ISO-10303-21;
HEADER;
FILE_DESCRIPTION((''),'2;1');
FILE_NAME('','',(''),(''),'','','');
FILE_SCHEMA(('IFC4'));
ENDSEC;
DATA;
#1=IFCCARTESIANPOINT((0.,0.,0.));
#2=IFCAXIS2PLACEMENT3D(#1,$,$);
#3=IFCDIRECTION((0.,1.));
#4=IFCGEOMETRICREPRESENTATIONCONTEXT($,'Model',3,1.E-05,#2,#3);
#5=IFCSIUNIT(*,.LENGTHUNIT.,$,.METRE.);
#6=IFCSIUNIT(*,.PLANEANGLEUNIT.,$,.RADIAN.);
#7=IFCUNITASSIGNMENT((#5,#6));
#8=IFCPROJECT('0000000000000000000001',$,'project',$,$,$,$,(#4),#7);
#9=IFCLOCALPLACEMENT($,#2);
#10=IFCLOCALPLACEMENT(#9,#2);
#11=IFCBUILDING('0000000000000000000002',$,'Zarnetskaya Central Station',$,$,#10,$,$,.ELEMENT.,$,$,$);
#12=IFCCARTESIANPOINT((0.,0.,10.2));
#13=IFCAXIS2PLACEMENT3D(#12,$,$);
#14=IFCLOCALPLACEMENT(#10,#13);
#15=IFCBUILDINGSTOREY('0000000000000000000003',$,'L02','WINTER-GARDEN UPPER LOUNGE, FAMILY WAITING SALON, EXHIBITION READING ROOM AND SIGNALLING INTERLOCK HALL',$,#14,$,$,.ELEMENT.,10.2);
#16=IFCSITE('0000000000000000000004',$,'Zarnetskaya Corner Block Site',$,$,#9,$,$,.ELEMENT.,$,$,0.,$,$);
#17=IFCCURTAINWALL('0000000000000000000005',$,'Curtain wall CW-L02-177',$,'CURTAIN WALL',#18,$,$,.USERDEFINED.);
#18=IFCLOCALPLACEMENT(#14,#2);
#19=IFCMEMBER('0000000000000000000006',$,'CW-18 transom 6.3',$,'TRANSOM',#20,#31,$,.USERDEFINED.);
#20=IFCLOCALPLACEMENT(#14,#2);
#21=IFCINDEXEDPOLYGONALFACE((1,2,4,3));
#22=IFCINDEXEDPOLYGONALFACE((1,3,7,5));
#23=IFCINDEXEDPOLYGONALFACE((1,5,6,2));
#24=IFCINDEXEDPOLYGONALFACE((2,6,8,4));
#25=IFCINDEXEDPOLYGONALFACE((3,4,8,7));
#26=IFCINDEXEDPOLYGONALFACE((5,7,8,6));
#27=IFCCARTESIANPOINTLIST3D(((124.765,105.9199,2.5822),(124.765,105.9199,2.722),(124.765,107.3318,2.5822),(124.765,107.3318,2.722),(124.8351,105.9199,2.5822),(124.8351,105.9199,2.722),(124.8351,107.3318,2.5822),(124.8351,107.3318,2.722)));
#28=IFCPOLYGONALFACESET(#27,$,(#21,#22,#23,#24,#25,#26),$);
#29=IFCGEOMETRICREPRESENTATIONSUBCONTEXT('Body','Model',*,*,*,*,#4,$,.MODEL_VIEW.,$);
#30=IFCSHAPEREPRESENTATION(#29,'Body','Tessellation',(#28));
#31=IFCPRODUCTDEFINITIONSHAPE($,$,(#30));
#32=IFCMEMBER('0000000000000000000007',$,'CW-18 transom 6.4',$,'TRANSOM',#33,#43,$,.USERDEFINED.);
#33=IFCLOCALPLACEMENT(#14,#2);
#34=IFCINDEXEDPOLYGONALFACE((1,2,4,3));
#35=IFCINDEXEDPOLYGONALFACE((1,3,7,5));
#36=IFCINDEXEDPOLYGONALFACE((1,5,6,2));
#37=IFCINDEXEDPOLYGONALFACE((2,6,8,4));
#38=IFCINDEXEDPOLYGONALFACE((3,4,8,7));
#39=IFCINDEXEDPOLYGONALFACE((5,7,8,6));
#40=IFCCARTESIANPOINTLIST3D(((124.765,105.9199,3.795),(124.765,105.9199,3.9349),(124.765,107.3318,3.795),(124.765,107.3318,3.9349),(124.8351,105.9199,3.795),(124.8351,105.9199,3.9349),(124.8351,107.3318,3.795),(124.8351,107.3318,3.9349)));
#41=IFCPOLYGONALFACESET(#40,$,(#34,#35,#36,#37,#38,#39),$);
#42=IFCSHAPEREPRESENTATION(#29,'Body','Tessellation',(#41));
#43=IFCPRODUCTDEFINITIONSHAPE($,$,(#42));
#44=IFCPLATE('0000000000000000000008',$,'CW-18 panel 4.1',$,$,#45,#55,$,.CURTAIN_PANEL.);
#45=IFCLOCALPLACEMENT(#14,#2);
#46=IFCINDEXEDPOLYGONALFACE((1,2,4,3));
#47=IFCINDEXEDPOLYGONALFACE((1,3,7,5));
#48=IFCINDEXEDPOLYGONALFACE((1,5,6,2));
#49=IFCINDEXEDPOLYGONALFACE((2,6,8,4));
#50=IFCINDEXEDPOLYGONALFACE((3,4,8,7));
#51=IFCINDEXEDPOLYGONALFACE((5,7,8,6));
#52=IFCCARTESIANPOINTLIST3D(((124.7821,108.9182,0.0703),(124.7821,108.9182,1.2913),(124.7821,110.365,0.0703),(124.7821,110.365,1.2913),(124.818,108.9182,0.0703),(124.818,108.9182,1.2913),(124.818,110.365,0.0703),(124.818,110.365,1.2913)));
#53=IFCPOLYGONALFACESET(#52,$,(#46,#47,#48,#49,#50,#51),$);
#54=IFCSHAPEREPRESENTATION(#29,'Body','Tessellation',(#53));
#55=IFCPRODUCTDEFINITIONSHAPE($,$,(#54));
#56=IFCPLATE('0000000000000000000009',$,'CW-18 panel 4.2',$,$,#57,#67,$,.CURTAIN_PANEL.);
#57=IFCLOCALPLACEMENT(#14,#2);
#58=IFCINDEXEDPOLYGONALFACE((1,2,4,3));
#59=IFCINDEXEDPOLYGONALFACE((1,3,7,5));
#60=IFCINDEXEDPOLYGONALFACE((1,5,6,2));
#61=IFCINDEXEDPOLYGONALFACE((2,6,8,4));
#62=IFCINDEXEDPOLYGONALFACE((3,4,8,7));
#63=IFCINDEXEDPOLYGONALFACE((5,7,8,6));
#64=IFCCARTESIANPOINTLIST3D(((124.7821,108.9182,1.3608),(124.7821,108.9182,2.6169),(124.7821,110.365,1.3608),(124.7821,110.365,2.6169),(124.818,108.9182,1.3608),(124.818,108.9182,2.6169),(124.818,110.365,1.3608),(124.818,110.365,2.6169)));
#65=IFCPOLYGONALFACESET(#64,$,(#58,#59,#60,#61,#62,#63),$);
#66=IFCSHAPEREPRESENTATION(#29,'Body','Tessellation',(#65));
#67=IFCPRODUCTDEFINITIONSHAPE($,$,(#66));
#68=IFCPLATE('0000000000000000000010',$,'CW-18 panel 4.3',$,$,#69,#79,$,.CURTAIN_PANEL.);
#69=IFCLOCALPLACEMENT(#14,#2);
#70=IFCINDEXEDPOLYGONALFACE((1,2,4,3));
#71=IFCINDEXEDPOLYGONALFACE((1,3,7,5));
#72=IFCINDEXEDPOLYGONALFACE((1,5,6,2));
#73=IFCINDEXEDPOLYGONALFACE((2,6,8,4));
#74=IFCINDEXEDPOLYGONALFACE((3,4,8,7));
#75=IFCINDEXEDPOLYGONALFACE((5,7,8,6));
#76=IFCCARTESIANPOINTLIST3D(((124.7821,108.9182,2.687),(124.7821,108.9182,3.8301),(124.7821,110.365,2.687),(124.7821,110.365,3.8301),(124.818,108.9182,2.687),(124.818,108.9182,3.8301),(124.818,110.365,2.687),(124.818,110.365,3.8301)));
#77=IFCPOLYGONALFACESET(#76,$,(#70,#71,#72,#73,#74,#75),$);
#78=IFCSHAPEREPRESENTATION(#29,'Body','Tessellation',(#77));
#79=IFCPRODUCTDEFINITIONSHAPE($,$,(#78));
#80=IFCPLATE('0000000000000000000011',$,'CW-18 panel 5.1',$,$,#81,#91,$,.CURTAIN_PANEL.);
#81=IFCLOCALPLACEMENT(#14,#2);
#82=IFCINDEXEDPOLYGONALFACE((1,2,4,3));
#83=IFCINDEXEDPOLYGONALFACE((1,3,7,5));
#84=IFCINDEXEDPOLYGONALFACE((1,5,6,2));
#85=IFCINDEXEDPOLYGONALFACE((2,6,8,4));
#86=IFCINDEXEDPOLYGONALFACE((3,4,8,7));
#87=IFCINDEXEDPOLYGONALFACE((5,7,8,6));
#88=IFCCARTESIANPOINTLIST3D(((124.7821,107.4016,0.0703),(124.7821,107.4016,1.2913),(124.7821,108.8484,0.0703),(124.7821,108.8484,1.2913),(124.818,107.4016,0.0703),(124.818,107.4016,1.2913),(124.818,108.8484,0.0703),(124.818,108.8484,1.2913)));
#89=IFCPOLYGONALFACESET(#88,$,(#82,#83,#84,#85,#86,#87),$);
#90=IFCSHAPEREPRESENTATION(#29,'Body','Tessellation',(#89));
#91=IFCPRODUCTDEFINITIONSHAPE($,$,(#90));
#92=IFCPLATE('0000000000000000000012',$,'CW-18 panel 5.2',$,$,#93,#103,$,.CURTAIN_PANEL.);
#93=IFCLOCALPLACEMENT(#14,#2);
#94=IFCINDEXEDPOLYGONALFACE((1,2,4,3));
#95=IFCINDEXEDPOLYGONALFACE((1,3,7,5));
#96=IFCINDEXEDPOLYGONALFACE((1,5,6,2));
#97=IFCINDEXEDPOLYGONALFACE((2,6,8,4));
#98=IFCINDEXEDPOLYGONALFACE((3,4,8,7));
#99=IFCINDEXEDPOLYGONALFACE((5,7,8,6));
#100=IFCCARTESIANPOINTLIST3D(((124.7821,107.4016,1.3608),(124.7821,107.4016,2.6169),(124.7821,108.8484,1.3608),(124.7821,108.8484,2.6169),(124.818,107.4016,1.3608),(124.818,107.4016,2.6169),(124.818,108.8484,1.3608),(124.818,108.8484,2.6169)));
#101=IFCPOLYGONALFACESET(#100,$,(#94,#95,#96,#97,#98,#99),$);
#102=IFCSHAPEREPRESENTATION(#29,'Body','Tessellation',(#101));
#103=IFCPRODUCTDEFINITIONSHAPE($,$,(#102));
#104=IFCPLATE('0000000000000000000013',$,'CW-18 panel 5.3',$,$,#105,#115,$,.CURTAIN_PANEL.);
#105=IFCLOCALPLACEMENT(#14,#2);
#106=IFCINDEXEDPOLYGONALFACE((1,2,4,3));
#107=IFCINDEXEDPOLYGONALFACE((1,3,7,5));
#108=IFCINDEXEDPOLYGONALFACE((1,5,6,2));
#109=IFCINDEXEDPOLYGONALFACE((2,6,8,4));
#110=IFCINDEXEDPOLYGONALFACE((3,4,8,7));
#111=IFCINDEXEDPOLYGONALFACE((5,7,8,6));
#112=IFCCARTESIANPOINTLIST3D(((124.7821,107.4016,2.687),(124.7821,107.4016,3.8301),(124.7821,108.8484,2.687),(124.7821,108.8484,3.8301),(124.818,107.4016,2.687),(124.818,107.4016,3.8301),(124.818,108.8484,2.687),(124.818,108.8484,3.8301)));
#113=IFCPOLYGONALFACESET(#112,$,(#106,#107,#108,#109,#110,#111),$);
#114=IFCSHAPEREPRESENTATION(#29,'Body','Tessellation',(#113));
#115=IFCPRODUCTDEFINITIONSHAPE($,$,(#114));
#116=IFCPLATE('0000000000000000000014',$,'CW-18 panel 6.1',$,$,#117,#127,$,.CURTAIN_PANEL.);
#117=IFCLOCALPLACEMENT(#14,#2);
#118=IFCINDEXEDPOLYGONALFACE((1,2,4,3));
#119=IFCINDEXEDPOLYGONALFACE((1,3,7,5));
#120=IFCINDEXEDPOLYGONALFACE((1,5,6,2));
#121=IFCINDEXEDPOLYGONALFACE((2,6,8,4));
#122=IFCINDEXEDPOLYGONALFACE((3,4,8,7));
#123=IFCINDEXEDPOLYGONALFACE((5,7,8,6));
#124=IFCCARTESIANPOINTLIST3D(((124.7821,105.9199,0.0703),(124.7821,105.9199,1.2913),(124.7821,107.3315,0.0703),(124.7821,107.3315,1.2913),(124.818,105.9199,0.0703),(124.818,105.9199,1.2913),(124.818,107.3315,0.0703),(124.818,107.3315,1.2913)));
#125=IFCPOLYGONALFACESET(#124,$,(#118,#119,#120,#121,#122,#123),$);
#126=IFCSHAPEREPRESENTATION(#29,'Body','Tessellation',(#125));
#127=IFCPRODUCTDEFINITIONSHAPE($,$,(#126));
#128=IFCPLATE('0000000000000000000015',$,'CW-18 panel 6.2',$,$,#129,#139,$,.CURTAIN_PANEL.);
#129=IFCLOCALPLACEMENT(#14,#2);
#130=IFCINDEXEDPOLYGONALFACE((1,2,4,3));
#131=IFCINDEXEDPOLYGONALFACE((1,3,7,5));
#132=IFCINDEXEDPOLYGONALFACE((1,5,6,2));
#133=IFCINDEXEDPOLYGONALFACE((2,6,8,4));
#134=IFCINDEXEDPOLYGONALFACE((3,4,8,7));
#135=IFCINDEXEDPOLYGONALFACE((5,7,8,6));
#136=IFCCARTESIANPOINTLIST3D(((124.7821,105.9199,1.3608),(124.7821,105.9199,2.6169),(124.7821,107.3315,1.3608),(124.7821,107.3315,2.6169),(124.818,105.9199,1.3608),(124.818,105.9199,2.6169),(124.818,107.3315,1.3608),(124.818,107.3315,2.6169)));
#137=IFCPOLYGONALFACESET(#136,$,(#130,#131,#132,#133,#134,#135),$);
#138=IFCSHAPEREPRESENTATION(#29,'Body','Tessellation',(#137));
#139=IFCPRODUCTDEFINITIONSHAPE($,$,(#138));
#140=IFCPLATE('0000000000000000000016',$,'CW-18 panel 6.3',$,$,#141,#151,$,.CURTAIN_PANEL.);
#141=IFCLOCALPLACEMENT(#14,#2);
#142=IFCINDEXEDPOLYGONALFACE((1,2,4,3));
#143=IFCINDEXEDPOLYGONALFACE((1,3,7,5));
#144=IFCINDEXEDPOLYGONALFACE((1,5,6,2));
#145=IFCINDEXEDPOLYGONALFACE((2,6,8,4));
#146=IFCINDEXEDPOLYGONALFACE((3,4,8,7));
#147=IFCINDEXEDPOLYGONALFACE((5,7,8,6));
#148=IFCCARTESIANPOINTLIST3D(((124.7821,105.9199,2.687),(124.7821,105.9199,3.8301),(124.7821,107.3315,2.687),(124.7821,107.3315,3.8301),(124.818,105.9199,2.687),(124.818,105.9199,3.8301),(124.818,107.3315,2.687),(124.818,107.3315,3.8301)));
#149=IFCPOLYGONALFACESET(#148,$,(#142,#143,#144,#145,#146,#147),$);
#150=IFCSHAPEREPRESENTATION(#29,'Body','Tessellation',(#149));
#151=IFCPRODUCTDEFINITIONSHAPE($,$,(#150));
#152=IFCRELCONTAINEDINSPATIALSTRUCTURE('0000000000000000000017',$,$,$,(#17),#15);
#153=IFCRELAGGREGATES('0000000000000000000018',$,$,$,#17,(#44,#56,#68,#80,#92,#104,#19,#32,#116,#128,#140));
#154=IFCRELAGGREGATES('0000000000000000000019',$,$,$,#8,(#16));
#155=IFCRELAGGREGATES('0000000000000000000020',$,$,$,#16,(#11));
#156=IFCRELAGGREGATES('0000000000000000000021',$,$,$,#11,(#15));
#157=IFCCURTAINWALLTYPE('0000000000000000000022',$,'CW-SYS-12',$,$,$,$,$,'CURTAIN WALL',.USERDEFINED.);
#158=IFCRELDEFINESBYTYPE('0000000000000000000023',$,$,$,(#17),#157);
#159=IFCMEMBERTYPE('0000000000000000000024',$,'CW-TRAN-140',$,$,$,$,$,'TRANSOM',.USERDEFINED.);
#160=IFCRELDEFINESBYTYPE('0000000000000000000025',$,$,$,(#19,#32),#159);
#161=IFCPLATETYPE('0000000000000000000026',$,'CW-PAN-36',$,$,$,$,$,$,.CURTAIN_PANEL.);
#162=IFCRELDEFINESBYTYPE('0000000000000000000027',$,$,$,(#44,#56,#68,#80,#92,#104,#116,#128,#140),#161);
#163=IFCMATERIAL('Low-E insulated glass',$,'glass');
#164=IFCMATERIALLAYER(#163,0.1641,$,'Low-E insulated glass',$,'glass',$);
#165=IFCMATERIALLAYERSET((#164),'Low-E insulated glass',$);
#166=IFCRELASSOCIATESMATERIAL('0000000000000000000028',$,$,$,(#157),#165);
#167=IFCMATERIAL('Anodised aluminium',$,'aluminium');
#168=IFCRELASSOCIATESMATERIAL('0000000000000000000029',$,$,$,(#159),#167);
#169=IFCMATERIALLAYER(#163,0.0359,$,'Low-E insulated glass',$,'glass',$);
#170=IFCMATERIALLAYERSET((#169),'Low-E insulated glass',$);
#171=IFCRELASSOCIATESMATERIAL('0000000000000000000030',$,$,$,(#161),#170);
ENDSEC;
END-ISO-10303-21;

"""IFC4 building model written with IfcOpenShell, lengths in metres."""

from ifc_helpers import new_model, si_unit, direction, frame, origin, origin_2d, place, context, subcontext, project, spatial, rectangle, extrude, material, layer, layer_set, material_profile, profile_set, type_object, element, aggregate, save


model = new_model("IFC4")

# Units and contexts
model_context = context("Model", 3, precision=1e-05, world=origin(), true_north=direction((0.0, 1.0)))
body_context = subcontext(model_context, "Body", "Model", "MODEL_VIEW")
ifc_project = project(units=[si_unit("LENGTHUNIT", "METRE"), si_unit("PLANEANGLEUNIT", "RADIAN")], contexts=[model_context])

# Site, building, storey
site_placement = place(None, origin())
site = spatial("IfcSite", under=ifc_project, at=site_placement, Name="Zarnetskaya Corner Block Site", CompositionType="ELEMENT", RefElevation=0.0)
building_placement = place(site_placement, origin())
building = spatial("IfcBuilding", under=site, at=building_placement, Name="Zarnetskaya Central Station", CompositionType="ELEMENT")
storey_placement = place(building_placement, frame((0.0, 0.0, 10.2)))
storey = spatial("IfcBuildingStorey", under=building, at=storey_placement, Name="L02", Description="WINTER-GARDEN UPPER LOUNGE, FAMILY WAITING SALON, EXHIBITION READING ROOM AND SIGNALLING INTERLOCK HALL", CompositionType="ELEMENT", Elevation=10.2)

# Curtain wall, members, plates
ifc_material_1 = material(Name="Low-E insulated glass", Category="glass")
ifc_layer_1 = layer(ifc_material_1, 0.1641, Name="Low-E insulated glass", Category="glass")
ifc_layer_set_1 = layer_set([ifc_layer_1], Name="Low-E insulated glass")
curtain_wall_type = type_object("IfcCurtainWallType", Name="CW-SYS-12", ElementType="CURTAIN WALL", PredefinedType="USERDEFINED", material=ifc_layer_set_1)
curtain_wall_placement = place(storey_placement, origin())
curtain_wall = element("IfcCurtainWall", 1, at=curtain_wall_placement, inside=storey, type_object=curtain_wall_type, Name="Curtain wall CW-L02-177", ObjectType="CURTAIN WALL", PredefinedType="USERDEFINED")
ifc_material_2 = material(Name="Anodised aluminium", Category="aluminium")
ifc_material_profile_1 = material_profile(ifc_material_2, rectangle(XDim=0.0701, YDim=0.1399, at=origin_2d()), Name="ALU TRAN 70x140")
ifc_profile_set_1 = profile_set([ifc_material_profile_1], Name="Anodised aluminium")
member_type_1 = type_object("IfcMemberType", Name="CW-TRAN-140", ElementType="TRANSOM", PredefinedType="USERDEFINED", material=ifc_profile_set_1)
member_1_placement = place(storey_placement, frame((124.8, 107.3318, 2.6521), z_axis=(0.0, -1.0, 0.0), x_axis=(1.0, 0.0, 0.0)))
member_1 = element("IfcMember", 2, at=member_1_placement, type_object=member_type_1, Name="CW-18 transom 6.3", ObjectType="TRANSOM", PredefinedType="USERDEFINED", context=body_context, shape_type="SweptSolid", body=[
    extrude(rectangle(XDim=0.0701, YDim=0.1399, at=origin_2d()), origin(), (0.0, 0.0, 1.0), 1.4119),
])
member_2_placement = place(storey_placement, frame((124.8, 107.3318, 3.865), z_axis=(0.0, -1.0, 0.0), x_axis=(1.0, 0.0, 0.0)))
member_2 = element("IfcMember", 3, at=member_2_placement, type_object=member_type_1, Name="CW-18 transom 6.4", ObjectType="TRANSOM", PredefinedType="USERDEFINED", context=body_context, shape_type="SweptSolid", body=[
    extrude(rectangle(XDim=0.0701, YDim=0.1399, at=origin_2d()), origin(), (0.0, 0.0, 1.0), 1.4119),
])
ifc_layer_2 = layer(ifc_material_1, 0.0359, Name="Low-E insulated glass", Category="glass")
ifc_layer_set_2 = layer_set([ifc_layer_2], Name="Low-E insulated glass")
plate_type = type_object("IfcPlateType", Name="CW-PAN-36", PredefinedType="CURTAIN_PANEL", material=ifc_layer_set_2)
plate_1_placement = place(storey_placement, frame((124.8, 109.6416, 0.0703), z_axis=(0.0, 0.0, 1.0), x_axis=(0.0, -1.0, 0.0)))
plate_1 = element("IfcPlate", 4, at=plate_1_placement, type_object=plate_type, Name="CW-18 panel 4.1", PredefinedType="CURTAIN_PANEL", context=body_context, shape_type="SweptSolid", body=[
    extrude(rectangle(XDim=1.4468, YDim=0.0359, at=origin_2d()), origin(), (0.0, 0.0, 1.0), 1.2209),
])
plate_2_placement = place(storey_placement, frame((124.8, 109.6416, 1.3608), z_axis=(0.0, 0.0, 1.0), x_axis=(0.0, -1.0, 0.0)))
plate_2 = element("IfcPlate", 5, at=plate_2_placement, type_object=plate_type, Name="CW-18 panel 4.2", PredefinedType="CURTAIN_PANEL", context=body_context, shape_type="SweptSolid", body=[
    extrude(rectangle(XDim=1.4468, YDim=0.0359, at=origin_2d()), origin(), (0.0, 0.0, 1.0), 1.2561),
])
plate_3_placement = place(storey_placement, frame((124.8, 109.6416, 2.687), z_axis=(0.0, 0.0, 1.0), x_axis=(0.0, -1.0, 0.0)))
plate_3 = element("IfcPlate", 6, at=plate_3_placement, type_object=plate_type, Name="CW-18 panel 4.3", PredefinedType="CURTAIN_PANEL", context=body_context, shape_type="SweptSolid", body=[
    extrude(rectangle(XDim=1.4468, YDim=0.0359, at=origin_2d()), origin(), (0.0, 0.0, 1.0), 1.1431),
])
plate_4_placement = place(storey_placement, frame((124.8, 108.125, 0.0703), z_axis=(0.0, 0.0, 1.0), x_axis=(0.0, -1.0, 0.0)))
plate_4 = element("IfcPlate", 7, at=plate_4_placement, type_object=plate_type, Name="CW-18 panel 5.1", PredefinedType="CURTAIN_PANEL", context=body_context, shape_type="SweptSolid", body=[
    extrude(rectangle(XDim=1.4468, YDim=0.0359, at=origin_2d()), origin(), (0.0, 0.0, 1.0), 1.2209),
])
plate_5_placement = place(storey_placement, frame((124.8, 108.125, 1.3608), z_axis=(0.0, 0.0, 1.0), x_axis=(0.0, -1.0, 0.0)))
plate_5 = element("IfcPlate", 8, at=plate_5_placement, type_object=plate_type, Name="CW-18 panel 5.2", PredefinedType="CURTAIN_PANEL", context=body_context, shape_type="SweptSolid", body=[
    extrude(rectangle(XDim=1.4468, YDim=0.0359, at=origin_2d()), origin(), (0.0, 0.0, 1.0), 1.2561),
])
plate_6_placement = place(storey_placement, frame((124.8, 108.125, 2.687), z_axis=(0.0, 0.0, 1.0), x_axis=(0.0, -1.0, 0.0)))
plate_6 = element("IfcPlate", 9, at=plate_6_placement, type_object=plate_type, Name="CW-18 panel 5.3", PredefinedType="CURTAIN_PANEL", context=body_context, shape_type="SweptSolid", body=[
    extrude(rectangle(XDim=1.4468, YDim=0.0359, at=origin_2d()), origin(), (0.0, 0.0, 1.0), 1.1431),
])
plate_7_placement = place(storey_placement, frame((124.8, 106.6257, 0.0703), z_axis=(0.0, 0.0, 1.0), x_axis=(0.0, -1.0, 0.0)))
plate_7 = element("IfcPlate", 10, at=plate_7_placement, type_object=plate_type, Name="CW-18 panel 6.1", PredefinedType="CURTAIN_PANEL", context=body_context, shape_type="SweptSolid", body=[
    extrude(rectangle(XDim=1.4116, YDim=0.0359, at=origin_2d()), origin(), (0.0, 0.0, 1.0), 1.2209),
])
plate_8_placement = place(storey_placement, frame((124.8, 106.6257, 1.3608), z_axis=(0.0, 0.0, 1.0), x_axis=(0.0, -1.0, 0.0)))
plate_8 = element("IfcPlate", 11, at=plate_8_placement, type_object=plate_type, Name="CW-18 panel 6.2", PredefinedType="CURTAIN_PANEL", context=body_context, shape_type="SweptSolid", body=[
    extrude(rectangle(XDim=1.4116, YDim=0.0359, at=origin_2d()), origin(), (0.0, 0.0, 1.0), 1.2561),
])
plate_9_placement = place(storey_placement, frame((124.8, 106.6257, 2.687), z_axis=(0.0, 0.0, 1.0), x_axis=(0.0, -1.0, 0.0)))
plate_9 = element("IfcPlate", 12, at=plate_9_placement, type_object=plate_type, Name="CW-18 panel 6.3", PredefinedType="CURTAIN_PANEL", context=body_context, shape_type="SweptSolid", body=[
    extrude(rectangle(XDim=1.4116, YDim=0.0359, at=origin_2d()), origin(), (0.0, 0.0, 1.0), 1.1431),
])
aggregate(curtain_wall, [plate_1, plate_2, plate_3, plate_4, plate_5, plate_6, member_1, member_2, plate_7, plate_8, plate_9])

save(model, "model.ifc")
